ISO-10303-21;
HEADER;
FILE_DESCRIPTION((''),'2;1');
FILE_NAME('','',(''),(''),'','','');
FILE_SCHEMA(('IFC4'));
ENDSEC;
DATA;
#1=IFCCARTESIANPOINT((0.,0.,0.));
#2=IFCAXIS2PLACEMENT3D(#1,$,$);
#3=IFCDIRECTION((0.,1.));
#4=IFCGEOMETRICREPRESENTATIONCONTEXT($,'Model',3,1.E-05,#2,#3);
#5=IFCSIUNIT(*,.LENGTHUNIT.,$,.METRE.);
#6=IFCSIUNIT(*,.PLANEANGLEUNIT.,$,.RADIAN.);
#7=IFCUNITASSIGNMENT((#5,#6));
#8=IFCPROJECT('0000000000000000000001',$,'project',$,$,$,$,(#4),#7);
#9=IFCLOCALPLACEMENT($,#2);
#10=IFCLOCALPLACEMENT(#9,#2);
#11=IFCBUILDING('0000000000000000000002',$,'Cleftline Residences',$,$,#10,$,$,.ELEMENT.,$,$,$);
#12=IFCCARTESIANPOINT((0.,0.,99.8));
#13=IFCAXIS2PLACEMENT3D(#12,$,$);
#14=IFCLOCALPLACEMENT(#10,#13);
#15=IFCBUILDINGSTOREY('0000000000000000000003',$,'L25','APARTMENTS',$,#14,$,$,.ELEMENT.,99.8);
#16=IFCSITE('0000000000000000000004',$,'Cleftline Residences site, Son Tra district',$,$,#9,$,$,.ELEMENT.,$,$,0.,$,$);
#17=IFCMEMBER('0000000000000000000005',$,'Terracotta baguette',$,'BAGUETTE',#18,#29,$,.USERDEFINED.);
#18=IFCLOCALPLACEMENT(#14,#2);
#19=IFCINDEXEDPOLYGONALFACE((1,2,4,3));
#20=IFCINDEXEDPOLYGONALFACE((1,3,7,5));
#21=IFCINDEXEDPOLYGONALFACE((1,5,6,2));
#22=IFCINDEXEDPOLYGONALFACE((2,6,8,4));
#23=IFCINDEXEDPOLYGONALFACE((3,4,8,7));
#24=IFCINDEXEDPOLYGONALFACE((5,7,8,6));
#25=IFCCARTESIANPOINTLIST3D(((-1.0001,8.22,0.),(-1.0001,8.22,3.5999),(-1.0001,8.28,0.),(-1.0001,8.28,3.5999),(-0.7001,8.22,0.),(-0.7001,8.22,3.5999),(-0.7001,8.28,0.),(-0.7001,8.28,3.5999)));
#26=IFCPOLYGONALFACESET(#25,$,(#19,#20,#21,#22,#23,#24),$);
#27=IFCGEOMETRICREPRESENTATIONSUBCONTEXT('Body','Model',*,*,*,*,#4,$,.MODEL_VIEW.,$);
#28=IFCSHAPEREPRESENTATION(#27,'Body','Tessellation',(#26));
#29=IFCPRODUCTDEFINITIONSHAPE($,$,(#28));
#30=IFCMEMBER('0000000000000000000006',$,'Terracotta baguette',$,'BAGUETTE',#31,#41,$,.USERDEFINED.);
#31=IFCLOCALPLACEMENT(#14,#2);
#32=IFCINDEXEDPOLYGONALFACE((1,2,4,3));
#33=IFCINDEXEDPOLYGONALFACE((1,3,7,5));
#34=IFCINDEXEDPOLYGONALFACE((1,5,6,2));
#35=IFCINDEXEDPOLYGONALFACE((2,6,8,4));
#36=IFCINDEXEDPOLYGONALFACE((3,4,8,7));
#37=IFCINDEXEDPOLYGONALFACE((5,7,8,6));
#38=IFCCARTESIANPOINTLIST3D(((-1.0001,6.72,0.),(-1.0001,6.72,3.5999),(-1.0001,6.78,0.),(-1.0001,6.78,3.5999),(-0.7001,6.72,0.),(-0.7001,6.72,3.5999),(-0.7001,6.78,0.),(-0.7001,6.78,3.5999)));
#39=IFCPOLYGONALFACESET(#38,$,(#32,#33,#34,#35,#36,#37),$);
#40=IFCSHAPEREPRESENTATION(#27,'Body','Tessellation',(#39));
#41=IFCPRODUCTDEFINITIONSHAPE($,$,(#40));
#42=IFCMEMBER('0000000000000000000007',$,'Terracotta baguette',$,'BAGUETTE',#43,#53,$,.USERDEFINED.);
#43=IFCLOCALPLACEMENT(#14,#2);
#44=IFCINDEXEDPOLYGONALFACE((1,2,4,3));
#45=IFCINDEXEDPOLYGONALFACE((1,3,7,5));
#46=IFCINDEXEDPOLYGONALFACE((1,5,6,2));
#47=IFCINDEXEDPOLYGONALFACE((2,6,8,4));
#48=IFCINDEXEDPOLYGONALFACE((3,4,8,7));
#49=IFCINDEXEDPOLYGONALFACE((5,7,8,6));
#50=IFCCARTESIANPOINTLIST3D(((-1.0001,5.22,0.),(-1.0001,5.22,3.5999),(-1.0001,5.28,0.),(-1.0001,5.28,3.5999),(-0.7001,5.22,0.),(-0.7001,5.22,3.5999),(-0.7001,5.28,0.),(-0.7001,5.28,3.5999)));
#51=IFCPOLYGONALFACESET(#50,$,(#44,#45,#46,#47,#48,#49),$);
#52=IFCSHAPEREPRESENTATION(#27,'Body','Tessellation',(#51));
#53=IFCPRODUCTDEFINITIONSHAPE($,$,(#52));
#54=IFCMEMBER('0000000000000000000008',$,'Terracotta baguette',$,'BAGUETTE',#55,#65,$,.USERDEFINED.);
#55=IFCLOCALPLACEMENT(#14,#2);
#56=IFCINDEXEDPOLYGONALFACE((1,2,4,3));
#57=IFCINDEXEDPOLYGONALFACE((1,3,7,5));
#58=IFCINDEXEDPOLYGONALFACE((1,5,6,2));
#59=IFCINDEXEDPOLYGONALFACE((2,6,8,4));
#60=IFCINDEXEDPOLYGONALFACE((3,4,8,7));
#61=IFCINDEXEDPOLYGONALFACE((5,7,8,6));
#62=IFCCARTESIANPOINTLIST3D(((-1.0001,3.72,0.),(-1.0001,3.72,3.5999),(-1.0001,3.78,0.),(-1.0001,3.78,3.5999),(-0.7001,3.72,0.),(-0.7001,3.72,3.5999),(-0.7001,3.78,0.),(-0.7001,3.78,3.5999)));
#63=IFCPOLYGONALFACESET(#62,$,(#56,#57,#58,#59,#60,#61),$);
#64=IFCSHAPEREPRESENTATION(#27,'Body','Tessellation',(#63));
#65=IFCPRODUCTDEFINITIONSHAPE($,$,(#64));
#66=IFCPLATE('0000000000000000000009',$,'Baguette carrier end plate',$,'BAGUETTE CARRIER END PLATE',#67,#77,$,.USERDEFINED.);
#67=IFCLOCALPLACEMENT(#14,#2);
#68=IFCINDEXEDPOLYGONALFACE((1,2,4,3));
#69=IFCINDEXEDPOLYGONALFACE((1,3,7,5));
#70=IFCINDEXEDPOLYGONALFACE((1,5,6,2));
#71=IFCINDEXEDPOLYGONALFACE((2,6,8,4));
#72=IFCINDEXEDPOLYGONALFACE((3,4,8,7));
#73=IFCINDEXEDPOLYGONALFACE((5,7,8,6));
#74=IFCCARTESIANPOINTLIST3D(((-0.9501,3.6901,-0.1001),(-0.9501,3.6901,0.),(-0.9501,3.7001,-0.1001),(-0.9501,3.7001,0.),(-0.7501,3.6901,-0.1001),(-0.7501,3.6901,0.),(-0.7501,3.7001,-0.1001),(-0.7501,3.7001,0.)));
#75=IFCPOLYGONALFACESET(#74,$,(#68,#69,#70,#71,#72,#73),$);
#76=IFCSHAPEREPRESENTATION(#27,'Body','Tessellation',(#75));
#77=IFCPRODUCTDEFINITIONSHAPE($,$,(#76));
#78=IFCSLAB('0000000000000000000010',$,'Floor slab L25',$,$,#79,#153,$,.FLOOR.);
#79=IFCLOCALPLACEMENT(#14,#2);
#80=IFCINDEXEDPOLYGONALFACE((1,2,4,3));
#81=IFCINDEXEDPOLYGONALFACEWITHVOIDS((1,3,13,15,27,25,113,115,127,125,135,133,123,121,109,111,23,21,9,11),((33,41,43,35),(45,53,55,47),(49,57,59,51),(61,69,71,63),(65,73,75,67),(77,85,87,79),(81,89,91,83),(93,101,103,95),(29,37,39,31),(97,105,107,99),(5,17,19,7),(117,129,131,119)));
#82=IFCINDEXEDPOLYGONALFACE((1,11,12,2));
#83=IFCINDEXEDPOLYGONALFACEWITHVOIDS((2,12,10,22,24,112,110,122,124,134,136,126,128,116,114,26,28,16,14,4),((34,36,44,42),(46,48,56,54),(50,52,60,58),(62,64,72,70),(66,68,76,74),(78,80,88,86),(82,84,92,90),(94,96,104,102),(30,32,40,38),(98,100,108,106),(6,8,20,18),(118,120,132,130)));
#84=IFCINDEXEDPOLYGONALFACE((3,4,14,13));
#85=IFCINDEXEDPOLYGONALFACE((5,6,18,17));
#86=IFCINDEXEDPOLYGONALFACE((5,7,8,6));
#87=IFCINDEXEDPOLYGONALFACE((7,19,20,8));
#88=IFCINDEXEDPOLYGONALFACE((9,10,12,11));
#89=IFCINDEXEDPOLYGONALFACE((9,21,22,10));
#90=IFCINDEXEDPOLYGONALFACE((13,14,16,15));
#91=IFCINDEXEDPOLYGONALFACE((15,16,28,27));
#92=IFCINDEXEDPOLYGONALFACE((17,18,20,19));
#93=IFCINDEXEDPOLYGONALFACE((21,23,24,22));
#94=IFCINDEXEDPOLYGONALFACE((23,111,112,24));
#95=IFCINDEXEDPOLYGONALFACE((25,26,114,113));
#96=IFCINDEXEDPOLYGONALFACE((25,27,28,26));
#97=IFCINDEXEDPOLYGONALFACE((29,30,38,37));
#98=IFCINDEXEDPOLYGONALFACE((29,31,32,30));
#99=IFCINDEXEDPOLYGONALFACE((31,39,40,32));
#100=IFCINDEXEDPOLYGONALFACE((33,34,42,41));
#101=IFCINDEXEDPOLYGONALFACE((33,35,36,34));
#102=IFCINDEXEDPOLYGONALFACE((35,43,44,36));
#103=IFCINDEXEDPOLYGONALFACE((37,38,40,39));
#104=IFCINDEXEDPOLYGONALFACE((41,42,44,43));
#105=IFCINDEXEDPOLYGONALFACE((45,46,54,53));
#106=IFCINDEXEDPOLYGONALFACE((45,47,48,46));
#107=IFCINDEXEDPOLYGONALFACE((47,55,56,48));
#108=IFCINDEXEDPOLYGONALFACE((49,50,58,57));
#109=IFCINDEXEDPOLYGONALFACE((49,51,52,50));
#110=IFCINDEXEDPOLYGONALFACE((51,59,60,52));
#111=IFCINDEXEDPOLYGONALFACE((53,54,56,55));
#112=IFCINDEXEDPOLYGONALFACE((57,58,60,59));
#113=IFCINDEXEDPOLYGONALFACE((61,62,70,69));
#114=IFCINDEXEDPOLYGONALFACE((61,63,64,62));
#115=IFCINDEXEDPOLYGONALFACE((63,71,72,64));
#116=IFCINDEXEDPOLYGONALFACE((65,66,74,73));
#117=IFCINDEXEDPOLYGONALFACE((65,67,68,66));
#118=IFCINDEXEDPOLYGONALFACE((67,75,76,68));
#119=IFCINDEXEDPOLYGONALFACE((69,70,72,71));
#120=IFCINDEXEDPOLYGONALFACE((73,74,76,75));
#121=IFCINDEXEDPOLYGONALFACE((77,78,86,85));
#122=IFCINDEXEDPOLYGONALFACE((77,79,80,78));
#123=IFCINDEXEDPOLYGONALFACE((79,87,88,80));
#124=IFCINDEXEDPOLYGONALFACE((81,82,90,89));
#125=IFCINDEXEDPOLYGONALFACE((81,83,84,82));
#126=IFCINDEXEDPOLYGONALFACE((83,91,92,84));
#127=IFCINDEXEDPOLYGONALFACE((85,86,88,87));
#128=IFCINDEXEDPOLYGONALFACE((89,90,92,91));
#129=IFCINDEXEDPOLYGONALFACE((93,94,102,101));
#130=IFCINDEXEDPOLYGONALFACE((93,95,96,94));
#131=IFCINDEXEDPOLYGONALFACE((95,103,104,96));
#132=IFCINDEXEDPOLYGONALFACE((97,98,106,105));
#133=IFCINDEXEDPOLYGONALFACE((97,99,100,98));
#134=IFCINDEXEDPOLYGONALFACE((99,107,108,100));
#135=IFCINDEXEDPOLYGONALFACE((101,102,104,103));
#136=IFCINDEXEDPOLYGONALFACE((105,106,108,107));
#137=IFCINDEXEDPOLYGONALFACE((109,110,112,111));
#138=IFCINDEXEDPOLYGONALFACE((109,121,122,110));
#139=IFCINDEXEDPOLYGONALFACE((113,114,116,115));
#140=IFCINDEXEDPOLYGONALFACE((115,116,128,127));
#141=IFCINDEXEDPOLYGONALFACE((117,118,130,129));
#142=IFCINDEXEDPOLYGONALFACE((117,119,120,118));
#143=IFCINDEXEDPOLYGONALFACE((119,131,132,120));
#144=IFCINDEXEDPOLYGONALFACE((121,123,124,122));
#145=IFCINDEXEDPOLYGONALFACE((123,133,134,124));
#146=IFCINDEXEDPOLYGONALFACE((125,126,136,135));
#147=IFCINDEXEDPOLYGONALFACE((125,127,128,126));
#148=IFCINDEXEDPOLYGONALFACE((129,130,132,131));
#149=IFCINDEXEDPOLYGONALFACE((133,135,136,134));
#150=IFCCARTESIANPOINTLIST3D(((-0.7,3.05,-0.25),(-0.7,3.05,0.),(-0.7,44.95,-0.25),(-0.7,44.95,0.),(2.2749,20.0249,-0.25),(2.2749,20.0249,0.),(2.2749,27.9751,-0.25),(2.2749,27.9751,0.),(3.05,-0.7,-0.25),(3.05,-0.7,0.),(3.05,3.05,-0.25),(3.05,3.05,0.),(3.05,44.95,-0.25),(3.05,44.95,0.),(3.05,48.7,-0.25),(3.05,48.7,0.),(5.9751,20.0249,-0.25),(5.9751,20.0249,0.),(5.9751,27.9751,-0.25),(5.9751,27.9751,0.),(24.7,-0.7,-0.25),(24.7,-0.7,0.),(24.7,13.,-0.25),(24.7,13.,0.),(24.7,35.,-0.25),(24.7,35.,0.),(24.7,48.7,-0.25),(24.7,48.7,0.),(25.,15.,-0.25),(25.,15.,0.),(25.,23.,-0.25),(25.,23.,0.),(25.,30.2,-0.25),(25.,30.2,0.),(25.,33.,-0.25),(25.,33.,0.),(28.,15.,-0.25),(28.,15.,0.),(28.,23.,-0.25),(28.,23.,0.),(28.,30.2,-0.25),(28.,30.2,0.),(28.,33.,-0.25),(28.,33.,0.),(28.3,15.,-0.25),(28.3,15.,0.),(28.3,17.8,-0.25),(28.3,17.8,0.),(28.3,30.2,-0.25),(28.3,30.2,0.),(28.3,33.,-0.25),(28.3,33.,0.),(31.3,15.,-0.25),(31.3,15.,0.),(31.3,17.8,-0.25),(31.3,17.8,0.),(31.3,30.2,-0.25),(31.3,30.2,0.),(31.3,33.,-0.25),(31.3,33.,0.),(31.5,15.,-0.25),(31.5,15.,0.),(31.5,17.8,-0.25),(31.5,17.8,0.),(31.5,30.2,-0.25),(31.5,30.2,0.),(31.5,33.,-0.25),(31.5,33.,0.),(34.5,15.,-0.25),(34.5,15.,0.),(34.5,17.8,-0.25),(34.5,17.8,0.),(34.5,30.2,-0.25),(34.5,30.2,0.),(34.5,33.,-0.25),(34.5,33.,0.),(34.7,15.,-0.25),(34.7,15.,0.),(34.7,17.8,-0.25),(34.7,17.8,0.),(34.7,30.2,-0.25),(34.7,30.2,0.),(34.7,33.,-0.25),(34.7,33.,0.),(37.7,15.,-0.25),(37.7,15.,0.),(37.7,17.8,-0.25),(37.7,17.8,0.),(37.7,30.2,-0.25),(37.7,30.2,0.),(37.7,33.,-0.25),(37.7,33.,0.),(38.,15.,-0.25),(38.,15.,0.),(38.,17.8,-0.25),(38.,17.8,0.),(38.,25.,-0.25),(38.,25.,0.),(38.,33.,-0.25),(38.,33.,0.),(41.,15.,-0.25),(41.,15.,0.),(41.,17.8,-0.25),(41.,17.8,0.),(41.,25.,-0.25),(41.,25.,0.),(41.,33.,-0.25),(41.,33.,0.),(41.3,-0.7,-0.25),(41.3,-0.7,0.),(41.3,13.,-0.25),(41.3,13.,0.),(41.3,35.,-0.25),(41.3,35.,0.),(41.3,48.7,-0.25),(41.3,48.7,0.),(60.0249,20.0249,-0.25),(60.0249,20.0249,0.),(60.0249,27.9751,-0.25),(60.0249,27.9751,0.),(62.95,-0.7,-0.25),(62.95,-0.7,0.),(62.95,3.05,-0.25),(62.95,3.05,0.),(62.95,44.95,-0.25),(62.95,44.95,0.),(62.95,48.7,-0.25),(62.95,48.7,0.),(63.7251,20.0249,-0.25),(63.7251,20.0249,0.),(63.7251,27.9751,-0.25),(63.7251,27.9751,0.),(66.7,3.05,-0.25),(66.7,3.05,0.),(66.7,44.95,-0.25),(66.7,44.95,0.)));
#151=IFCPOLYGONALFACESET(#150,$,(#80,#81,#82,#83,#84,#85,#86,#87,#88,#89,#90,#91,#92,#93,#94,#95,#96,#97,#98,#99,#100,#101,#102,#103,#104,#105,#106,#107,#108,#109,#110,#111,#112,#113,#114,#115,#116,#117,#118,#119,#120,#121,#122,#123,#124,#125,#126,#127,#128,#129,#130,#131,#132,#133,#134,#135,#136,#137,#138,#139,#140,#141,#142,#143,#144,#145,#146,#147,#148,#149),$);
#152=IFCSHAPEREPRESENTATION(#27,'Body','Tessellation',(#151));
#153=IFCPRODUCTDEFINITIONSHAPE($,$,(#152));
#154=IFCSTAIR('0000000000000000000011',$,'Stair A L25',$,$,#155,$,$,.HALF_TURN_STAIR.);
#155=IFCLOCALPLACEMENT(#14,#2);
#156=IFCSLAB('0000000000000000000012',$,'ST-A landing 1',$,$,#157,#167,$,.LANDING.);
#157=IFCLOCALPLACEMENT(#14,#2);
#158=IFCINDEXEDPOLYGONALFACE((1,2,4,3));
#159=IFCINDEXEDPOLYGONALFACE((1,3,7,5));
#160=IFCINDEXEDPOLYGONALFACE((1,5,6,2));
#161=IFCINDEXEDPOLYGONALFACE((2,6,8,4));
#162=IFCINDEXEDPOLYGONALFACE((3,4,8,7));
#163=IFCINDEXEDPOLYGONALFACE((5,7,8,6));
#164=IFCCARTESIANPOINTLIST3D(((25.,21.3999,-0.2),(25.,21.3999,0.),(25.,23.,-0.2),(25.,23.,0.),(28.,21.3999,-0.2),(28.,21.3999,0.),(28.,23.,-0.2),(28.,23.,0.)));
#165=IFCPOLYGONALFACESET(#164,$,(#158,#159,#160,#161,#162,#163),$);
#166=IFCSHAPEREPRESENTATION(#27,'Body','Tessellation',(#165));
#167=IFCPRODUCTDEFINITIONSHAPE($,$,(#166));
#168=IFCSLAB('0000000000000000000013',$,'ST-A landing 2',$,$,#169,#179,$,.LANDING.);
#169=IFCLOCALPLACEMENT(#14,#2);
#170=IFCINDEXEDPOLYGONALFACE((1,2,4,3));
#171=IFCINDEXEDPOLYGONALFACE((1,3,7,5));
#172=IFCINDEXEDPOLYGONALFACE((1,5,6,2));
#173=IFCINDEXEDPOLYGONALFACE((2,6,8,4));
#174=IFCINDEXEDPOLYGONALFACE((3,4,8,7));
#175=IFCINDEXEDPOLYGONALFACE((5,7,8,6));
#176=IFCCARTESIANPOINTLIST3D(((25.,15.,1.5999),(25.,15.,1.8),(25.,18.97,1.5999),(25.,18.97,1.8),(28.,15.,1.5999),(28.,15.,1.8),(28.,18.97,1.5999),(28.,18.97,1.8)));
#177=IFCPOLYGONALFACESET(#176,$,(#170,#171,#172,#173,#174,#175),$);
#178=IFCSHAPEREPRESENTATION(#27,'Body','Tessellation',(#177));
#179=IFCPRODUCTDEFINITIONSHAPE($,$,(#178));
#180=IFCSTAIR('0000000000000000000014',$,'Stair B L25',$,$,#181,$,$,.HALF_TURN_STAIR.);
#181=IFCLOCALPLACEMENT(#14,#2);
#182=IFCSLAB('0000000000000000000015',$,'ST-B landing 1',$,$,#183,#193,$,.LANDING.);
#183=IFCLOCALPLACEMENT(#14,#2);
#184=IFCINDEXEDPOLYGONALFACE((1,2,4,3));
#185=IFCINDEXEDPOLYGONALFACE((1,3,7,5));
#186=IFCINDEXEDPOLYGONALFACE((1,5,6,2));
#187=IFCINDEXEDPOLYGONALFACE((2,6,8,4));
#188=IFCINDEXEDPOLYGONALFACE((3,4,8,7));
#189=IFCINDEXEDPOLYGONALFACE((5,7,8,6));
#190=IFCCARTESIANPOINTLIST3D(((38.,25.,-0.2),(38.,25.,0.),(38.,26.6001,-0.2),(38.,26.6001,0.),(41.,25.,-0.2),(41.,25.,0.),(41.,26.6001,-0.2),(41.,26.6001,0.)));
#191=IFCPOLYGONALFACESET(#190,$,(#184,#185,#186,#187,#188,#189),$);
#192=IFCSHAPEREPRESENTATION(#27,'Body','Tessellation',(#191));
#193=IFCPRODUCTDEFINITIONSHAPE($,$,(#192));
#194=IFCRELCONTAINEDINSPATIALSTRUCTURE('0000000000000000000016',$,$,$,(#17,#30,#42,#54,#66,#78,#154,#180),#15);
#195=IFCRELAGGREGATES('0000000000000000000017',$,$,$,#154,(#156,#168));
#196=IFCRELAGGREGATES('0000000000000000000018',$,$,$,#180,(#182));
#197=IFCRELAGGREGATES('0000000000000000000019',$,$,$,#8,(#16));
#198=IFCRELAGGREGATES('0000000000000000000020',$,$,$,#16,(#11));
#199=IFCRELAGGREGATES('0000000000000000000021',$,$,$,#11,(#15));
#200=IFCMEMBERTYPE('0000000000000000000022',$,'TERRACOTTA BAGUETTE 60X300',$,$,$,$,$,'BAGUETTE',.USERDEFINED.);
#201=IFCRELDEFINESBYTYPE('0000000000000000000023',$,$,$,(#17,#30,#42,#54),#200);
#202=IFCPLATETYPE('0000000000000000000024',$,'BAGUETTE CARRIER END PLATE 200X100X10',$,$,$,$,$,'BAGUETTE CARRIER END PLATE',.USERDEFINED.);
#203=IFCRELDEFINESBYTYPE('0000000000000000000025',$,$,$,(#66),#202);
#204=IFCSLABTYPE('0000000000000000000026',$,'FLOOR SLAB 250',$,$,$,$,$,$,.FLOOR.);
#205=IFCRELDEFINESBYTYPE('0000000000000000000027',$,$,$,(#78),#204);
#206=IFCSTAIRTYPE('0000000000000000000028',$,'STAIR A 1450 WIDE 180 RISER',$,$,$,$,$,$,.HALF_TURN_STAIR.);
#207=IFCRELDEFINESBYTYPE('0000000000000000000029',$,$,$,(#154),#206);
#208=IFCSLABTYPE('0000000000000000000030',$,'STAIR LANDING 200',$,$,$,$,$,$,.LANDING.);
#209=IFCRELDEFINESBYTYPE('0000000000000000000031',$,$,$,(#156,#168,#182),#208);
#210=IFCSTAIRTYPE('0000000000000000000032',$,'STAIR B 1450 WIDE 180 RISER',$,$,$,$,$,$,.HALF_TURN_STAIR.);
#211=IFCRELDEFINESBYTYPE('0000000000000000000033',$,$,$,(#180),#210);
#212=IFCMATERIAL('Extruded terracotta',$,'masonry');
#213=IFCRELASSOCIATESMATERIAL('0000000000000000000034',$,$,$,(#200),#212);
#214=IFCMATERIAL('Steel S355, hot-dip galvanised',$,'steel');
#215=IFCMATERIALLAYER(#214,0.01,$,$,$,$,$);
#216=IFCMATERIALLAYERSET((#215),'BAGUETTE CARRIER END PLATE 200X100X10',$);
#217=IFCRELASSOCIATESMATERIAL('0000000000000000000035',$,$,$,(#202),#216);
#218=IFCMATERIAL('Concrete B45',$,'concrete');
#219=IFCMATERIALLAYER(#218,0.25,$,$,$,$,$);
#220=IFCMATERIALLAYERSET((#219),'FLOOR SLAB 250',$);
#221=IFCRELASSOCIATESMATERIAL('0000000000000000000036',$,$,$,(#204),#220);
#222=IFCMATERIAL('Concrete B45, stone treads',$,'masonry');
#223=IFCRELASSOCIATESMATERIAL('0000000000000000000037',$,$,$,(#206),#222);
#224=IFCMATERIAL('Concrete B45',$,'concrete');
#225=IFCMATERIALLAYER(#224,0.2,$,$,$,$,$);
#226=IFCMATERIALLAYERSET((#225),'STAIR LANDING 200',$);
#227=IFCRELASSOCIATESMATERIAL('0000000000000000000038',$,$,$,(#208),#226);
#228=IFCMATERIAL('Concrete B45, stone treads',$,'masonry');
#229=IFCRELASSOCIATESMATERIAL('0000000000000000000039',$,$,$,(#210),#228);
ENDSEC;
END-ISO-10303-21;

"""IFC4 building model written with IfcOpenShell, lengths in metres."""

from ifc_helpers import new_model, si_unit, direction, frame, origin, origin_2d, place, context, subcontext, project, spatial, polyline, rectangle, outline, extrude, material, layer, layer_set, material_profile, profile_set, type_object, element, aggregate, save


model = new_model("IFC4")

# Units and contexts
model_context = context("Model", 3, precision=1e-05, world=origin(), true_north=direction((0.0, 1.0)))
body_context = subcontext(model_context, "Body", "Model", "MODEL_VIEW")
ifc_project = project(units=[si_unit("LENGTHUNIT", "METRE"), si_unit("PLANEANGLEUNIT", "RADIAN")], contexts=[model_context])

# Site, building, storey
site_placement = place(None, origin())
site = spatial("IfcSite", under=ifc_project, at=site_placement, Name="Cleftline Residences site, Son Tra district", CompositionType="ELEMENT", RefElevation=0.0)
building_placement = place(site_placement, origin())
building = spatial("IfcBuilding", under=site, at=building_placement, Name="Cleftline Residences", CompositionType="ELEMENT")
storey_placement = place(building_placement, frame((0.0, 0.0, 99.8)))
storey = spatial("IfcBuildingStorey", under=building, at=storey_placement, Name="L25", Description="APARTMENTS", CompositionType="ELEMENT", Elevation=99.8)

# Members
ifc_material_1 = material(Name="Extruded terracotta", Category="masonry")
ifc_material_profile_1 = material_profile(ifc_material_1, rectangle(XDim=0.0601, YDim=0.3, at=origin_2d()))
ifc_profile_set_1 = profile_set([ifc_material_profile_1], Name="Extruded terracotta")
member_type_1 = type_object("IfcMemberType", Name="TERRACOTTA BAGUETTE 60X300", ElementType="BAGUETTE", PredefinedType="USERDEFINED", material=ifc_profile_set_1)
for number, where, z_axis, x_axis, name in (
    (1, (-0.8501, 8.25, 0.0), (0.0, 0.0, 1.0), (0.0, 1.0, 0.0), "Terracotta baguette"),
    (2, (-0.8501, 6.75, 0.0), (0.0, 0.0, 1.0), (0.0, 1.0, 0.0), "Terracotta baguette"),
    (3, (-0.8501, 5.25, 0.0), (0.0, 0.0, 1.0), (0.0, 1.0, 0.0), "Terracotta baguette"),
    (4, (-0.8501, 3.75, 0.0), (0.0, 0.0, 1.0), (0.0, 1.0, 0.0), "Terracotta baguette"),
):
    element("IfcMember", number, at=place(storey_placement, frame(where, z_axis=z_axis, x_axis=x_axis)), inside=storey, type_object=member_type_1, Name=name, ObjectType="BAGUETTE", PredefinedType="USERDEFINED", context=body_context, shape_type="SweptSolid", body=[
        extrude(rectangle(XDim=0.0601, YDim=0.3, at=origin_2d()), origin(), (0.0, 0.0, 1.0), 3.5999),
    ])

# Plate
ifc_material_2 = material(Name="Steel S355, hot-dip galvanised", Category="steel")
ifc_layer_1 = layer(ifc_material_2, 0.01)
ifc_layer_set_1 = layer_set([ifc_layer_1], Name="BAGUETTE CARRIER END PLATE 200X100X10")
plate_type = type_object("IfcPlateType", Name="BAGUETTE CARRIER END PLATE 200X100X10", ElementType="BAGUETTE CARRIER END PLATE", PredefinedType="USERDEFINED", material=ifc_layer_set_1)
plate_placement = place(storey_placement, frame((-0.8501, 3.6951, -0.1001), z_axis=(0.0, 0.0, 1.0), x_axis=(-1.0, 0.0, 0.0)))
element("IfcPlate", 5, at=plate_placement, inside=storey, type_object=plate_type, Name="Baguette carrier end plate", ObjectType="BAGUETTE CARRIER END PLATE", PredefinedType="USERDEFINED", context=body_context, shape_type="SweptSolid", body=[
    extrude(rectangle(XDim=0.2, YDim=0.01, at=origin_2d()), origin(), (0.0, 0.0, 1.0), 0.1001),
])

# Slab
ifc_material_3 = material(Name="Concrete B45", Category="concrete")
ifc_layer_2 = layer(ifc_material_3, 0.25)
ifc_layer_set_2 = layer_set([ifc_layer_2], Name="FLOOR SLAB 250")
slab_type_1 = type_object("IfcSlabType", Name="FLOOR SLAB 250", PredefinedType="FLOOR", material=ifc_layer_set_2)
slab_1_placement = place(storey_placement, frame((0.0, 0.0, -0.25)))
element("IfcSlab", 6, at=slab_1_placement, inside=storey, type_object=slab_type_1, Name="Floor slab L25", PredefinedType="FLOOR", context=body_context, shape_type="SweptSolid", body=[
    extrude(outline(polyline([(24.7, 13.0), (41.3, 13.0), (41.3, -0.7), (62.95, -0.7), (62.95, 3.05), (66.7, 3.05), (66.7, 44.95), (62.95, 44.95), (62.95, 48.7), (41.3, 48.7), (41.3, 35.0), (24.7, 35.0), (24.7, 48.7), (3.05, 48.7), (3.05, 44.95), (-0.7, 44.95), (-0.7, 3.05), (3.05, 3.05), (3.05, -0.7), (24.7, -0.7), (24.7, 13.0)]), holes=[polyline([(28.0, 15.0), (28.0, 23.0), (25.0, 23.0), (25.0, 15.0), (28.0, 15.0)]), polyline([(41.0, 25.0), (41.0, 33.0), (38.0, 33.0), (38.0, 25.0), (41.0, 25.0)]), polyline([(28.0, 30.2), (28.0, 33.0), (25.0, 33.0), (25.0, 30.2), (28.0, 30.2)]), polyline([(41.0, 15.0), (41.0, 17.8), (38.0, 17.8), (38.0, 15.0), (41.0, 15.0)]), polyline([(31.3, 15.0), (31.3, 17.8), (28.3, 17.8), (28.3, 15.0), (31.3, 15.0)]), polyline([(34.5, 15.0), (34.5, 17.8), (31.5, 17.8), (31.5, 15.0), (34.5, 15.0)]), polyline([(37.7, 15.0), (37.7, 17.8), (34.7, 17.8), (34.7, 15.0), (37.7, 15.0)]), polyline([(31.3, 30.2), (31.3, 33.0), (28.3, 33.0), (28.3, 30.2), (31.3, 30.2)]), polyline([(34.5, 30.2), (34.5, 33.0), (31.5, 33.0), (31.5, 30.2), (34.5, 30.2)]), polyline([(37.7, 30.2), (37.7, 33.0), (34.7, 33.0), (34.7, 30.2), (37.7, 30.2)]), polyline([(63.7251, 20.0249), (63.7251, 27.9751), (60.0249, 27.9751), (60.0249, 20.0249), (63.7251, 20.0249)]), polyline([(5.9751, 20.0249), (5.9751, 27.9751), (2.2749, 27.9751), (2.2749, 20.0249), (5.9751, 20.0249)])]), origin(), (0.0, 0.0, 1.0), 0.25),
])

# Stairs, slabs
ifc_material_4 = material(Name="Concrete B45, stone treads", Category="masonry")
stair_type_1 = type_object("IfcStairType", Name="STAIR A 1450 WIDE 180 RISER", PredefinedType="HALF_TURN_STAIR", material=ifc_material_4)
stair_1_placement = place(storey_placement, origin())
stair_1 = element("IfcStair", 7, at=stair_1_placement, inside=storey, type_object=stair_type_1, Name="Stair A L25", PredefinedType="HALF_TURN_STAIR")
ifc_material_5 = material(Name="Concrete B45", Category="concrete")
ifc_layer_3 = layer(ifc_material_5, 0.2)
ifc_layer_set_3 = layer_set([ifc_layer_3], Name="STAIR LANDING 200")
slab_type_2 = type_object("IfcSlabType", Name="STAIR LANDING 200", PredefinedType="LANDING", material=ifc_layer_set_3)
slab_2_placement = place(storey_placement, frame((0.0, 0.0, -0.2)))
slab_2 = element("IfcSlab", 8, at=slab_2_placement, type_object=slab_type_2, Name="ST-A landing 1", PredefinedType="LANDING", context=body_context, shape_type="SweptSolid", body=[
    extrude(outline(polyline([(25.0, 21.3999), (28.0, 21.3999), (28.0, 23.0), (25.0, 23.0), (25.0, 21.3999)])), origin(), (0.0, 0.0, 1.0), 0.2),
])
slab_3_placement = place(storey_placement, frame((0.0, 0.0, 1.5999)))
slab_3 = element("IfcSlab", 9, at=slab_3_placement, type_object=slab_type_2, Name="ST-A landing 2", PredefinedType="LANDING", context=body_context, shape_type="SweptSolid", body=[
    extrude(outline(polyline([(25.0, 15.0), (28.0, 15.0), (28.0, 18.97), (25.0, 18.97), (25.0, 15.0)])), origin(), (0.0, 0.0, 1.0), 0.2002),
])
aggregate(stair_1, [slab_2, slab_3])
ifc_material_6 = material(Name="Concrete B45, stone treads", Category="masonry")
stair_type_2 = type_object("IfcStairType", Name="STAIR B 1450 WIDE 180 RISER", PredefinedType="HALF_TURN_STAIR", material=ifc_material_6)
stair_2_placement = place(storey_placement, origin())
stair_2 = element("IfcStair", 10, at=stair_2_placement, inside=storey, type_object=stair_type_2, Name="Stair B L25", PredefinedType="HALF_TURN_STAIR")
slab_4_placement = place(storey_placement, frame((0.0, 0.0, -0.2)))
slab_4 = element("IfcSlab", 11, at=slab_4_placement, type_object=slab_type_2, Name="ST-B landing 1", PredefinedType="LANDING", context=body_context, shape_type="SweptSolid", body=[
    extrude(outline(polyline([(38.0, 25.0), (41.0, 25.0), (41.0, 26.6001), (38.0, 26.6001), (38.0, 25.0)])), origin(), (0.0, 0.0, 1.0), 0.2),
])
aggregate(stair_2, [slab_4])

save(model, "model.ifc")
